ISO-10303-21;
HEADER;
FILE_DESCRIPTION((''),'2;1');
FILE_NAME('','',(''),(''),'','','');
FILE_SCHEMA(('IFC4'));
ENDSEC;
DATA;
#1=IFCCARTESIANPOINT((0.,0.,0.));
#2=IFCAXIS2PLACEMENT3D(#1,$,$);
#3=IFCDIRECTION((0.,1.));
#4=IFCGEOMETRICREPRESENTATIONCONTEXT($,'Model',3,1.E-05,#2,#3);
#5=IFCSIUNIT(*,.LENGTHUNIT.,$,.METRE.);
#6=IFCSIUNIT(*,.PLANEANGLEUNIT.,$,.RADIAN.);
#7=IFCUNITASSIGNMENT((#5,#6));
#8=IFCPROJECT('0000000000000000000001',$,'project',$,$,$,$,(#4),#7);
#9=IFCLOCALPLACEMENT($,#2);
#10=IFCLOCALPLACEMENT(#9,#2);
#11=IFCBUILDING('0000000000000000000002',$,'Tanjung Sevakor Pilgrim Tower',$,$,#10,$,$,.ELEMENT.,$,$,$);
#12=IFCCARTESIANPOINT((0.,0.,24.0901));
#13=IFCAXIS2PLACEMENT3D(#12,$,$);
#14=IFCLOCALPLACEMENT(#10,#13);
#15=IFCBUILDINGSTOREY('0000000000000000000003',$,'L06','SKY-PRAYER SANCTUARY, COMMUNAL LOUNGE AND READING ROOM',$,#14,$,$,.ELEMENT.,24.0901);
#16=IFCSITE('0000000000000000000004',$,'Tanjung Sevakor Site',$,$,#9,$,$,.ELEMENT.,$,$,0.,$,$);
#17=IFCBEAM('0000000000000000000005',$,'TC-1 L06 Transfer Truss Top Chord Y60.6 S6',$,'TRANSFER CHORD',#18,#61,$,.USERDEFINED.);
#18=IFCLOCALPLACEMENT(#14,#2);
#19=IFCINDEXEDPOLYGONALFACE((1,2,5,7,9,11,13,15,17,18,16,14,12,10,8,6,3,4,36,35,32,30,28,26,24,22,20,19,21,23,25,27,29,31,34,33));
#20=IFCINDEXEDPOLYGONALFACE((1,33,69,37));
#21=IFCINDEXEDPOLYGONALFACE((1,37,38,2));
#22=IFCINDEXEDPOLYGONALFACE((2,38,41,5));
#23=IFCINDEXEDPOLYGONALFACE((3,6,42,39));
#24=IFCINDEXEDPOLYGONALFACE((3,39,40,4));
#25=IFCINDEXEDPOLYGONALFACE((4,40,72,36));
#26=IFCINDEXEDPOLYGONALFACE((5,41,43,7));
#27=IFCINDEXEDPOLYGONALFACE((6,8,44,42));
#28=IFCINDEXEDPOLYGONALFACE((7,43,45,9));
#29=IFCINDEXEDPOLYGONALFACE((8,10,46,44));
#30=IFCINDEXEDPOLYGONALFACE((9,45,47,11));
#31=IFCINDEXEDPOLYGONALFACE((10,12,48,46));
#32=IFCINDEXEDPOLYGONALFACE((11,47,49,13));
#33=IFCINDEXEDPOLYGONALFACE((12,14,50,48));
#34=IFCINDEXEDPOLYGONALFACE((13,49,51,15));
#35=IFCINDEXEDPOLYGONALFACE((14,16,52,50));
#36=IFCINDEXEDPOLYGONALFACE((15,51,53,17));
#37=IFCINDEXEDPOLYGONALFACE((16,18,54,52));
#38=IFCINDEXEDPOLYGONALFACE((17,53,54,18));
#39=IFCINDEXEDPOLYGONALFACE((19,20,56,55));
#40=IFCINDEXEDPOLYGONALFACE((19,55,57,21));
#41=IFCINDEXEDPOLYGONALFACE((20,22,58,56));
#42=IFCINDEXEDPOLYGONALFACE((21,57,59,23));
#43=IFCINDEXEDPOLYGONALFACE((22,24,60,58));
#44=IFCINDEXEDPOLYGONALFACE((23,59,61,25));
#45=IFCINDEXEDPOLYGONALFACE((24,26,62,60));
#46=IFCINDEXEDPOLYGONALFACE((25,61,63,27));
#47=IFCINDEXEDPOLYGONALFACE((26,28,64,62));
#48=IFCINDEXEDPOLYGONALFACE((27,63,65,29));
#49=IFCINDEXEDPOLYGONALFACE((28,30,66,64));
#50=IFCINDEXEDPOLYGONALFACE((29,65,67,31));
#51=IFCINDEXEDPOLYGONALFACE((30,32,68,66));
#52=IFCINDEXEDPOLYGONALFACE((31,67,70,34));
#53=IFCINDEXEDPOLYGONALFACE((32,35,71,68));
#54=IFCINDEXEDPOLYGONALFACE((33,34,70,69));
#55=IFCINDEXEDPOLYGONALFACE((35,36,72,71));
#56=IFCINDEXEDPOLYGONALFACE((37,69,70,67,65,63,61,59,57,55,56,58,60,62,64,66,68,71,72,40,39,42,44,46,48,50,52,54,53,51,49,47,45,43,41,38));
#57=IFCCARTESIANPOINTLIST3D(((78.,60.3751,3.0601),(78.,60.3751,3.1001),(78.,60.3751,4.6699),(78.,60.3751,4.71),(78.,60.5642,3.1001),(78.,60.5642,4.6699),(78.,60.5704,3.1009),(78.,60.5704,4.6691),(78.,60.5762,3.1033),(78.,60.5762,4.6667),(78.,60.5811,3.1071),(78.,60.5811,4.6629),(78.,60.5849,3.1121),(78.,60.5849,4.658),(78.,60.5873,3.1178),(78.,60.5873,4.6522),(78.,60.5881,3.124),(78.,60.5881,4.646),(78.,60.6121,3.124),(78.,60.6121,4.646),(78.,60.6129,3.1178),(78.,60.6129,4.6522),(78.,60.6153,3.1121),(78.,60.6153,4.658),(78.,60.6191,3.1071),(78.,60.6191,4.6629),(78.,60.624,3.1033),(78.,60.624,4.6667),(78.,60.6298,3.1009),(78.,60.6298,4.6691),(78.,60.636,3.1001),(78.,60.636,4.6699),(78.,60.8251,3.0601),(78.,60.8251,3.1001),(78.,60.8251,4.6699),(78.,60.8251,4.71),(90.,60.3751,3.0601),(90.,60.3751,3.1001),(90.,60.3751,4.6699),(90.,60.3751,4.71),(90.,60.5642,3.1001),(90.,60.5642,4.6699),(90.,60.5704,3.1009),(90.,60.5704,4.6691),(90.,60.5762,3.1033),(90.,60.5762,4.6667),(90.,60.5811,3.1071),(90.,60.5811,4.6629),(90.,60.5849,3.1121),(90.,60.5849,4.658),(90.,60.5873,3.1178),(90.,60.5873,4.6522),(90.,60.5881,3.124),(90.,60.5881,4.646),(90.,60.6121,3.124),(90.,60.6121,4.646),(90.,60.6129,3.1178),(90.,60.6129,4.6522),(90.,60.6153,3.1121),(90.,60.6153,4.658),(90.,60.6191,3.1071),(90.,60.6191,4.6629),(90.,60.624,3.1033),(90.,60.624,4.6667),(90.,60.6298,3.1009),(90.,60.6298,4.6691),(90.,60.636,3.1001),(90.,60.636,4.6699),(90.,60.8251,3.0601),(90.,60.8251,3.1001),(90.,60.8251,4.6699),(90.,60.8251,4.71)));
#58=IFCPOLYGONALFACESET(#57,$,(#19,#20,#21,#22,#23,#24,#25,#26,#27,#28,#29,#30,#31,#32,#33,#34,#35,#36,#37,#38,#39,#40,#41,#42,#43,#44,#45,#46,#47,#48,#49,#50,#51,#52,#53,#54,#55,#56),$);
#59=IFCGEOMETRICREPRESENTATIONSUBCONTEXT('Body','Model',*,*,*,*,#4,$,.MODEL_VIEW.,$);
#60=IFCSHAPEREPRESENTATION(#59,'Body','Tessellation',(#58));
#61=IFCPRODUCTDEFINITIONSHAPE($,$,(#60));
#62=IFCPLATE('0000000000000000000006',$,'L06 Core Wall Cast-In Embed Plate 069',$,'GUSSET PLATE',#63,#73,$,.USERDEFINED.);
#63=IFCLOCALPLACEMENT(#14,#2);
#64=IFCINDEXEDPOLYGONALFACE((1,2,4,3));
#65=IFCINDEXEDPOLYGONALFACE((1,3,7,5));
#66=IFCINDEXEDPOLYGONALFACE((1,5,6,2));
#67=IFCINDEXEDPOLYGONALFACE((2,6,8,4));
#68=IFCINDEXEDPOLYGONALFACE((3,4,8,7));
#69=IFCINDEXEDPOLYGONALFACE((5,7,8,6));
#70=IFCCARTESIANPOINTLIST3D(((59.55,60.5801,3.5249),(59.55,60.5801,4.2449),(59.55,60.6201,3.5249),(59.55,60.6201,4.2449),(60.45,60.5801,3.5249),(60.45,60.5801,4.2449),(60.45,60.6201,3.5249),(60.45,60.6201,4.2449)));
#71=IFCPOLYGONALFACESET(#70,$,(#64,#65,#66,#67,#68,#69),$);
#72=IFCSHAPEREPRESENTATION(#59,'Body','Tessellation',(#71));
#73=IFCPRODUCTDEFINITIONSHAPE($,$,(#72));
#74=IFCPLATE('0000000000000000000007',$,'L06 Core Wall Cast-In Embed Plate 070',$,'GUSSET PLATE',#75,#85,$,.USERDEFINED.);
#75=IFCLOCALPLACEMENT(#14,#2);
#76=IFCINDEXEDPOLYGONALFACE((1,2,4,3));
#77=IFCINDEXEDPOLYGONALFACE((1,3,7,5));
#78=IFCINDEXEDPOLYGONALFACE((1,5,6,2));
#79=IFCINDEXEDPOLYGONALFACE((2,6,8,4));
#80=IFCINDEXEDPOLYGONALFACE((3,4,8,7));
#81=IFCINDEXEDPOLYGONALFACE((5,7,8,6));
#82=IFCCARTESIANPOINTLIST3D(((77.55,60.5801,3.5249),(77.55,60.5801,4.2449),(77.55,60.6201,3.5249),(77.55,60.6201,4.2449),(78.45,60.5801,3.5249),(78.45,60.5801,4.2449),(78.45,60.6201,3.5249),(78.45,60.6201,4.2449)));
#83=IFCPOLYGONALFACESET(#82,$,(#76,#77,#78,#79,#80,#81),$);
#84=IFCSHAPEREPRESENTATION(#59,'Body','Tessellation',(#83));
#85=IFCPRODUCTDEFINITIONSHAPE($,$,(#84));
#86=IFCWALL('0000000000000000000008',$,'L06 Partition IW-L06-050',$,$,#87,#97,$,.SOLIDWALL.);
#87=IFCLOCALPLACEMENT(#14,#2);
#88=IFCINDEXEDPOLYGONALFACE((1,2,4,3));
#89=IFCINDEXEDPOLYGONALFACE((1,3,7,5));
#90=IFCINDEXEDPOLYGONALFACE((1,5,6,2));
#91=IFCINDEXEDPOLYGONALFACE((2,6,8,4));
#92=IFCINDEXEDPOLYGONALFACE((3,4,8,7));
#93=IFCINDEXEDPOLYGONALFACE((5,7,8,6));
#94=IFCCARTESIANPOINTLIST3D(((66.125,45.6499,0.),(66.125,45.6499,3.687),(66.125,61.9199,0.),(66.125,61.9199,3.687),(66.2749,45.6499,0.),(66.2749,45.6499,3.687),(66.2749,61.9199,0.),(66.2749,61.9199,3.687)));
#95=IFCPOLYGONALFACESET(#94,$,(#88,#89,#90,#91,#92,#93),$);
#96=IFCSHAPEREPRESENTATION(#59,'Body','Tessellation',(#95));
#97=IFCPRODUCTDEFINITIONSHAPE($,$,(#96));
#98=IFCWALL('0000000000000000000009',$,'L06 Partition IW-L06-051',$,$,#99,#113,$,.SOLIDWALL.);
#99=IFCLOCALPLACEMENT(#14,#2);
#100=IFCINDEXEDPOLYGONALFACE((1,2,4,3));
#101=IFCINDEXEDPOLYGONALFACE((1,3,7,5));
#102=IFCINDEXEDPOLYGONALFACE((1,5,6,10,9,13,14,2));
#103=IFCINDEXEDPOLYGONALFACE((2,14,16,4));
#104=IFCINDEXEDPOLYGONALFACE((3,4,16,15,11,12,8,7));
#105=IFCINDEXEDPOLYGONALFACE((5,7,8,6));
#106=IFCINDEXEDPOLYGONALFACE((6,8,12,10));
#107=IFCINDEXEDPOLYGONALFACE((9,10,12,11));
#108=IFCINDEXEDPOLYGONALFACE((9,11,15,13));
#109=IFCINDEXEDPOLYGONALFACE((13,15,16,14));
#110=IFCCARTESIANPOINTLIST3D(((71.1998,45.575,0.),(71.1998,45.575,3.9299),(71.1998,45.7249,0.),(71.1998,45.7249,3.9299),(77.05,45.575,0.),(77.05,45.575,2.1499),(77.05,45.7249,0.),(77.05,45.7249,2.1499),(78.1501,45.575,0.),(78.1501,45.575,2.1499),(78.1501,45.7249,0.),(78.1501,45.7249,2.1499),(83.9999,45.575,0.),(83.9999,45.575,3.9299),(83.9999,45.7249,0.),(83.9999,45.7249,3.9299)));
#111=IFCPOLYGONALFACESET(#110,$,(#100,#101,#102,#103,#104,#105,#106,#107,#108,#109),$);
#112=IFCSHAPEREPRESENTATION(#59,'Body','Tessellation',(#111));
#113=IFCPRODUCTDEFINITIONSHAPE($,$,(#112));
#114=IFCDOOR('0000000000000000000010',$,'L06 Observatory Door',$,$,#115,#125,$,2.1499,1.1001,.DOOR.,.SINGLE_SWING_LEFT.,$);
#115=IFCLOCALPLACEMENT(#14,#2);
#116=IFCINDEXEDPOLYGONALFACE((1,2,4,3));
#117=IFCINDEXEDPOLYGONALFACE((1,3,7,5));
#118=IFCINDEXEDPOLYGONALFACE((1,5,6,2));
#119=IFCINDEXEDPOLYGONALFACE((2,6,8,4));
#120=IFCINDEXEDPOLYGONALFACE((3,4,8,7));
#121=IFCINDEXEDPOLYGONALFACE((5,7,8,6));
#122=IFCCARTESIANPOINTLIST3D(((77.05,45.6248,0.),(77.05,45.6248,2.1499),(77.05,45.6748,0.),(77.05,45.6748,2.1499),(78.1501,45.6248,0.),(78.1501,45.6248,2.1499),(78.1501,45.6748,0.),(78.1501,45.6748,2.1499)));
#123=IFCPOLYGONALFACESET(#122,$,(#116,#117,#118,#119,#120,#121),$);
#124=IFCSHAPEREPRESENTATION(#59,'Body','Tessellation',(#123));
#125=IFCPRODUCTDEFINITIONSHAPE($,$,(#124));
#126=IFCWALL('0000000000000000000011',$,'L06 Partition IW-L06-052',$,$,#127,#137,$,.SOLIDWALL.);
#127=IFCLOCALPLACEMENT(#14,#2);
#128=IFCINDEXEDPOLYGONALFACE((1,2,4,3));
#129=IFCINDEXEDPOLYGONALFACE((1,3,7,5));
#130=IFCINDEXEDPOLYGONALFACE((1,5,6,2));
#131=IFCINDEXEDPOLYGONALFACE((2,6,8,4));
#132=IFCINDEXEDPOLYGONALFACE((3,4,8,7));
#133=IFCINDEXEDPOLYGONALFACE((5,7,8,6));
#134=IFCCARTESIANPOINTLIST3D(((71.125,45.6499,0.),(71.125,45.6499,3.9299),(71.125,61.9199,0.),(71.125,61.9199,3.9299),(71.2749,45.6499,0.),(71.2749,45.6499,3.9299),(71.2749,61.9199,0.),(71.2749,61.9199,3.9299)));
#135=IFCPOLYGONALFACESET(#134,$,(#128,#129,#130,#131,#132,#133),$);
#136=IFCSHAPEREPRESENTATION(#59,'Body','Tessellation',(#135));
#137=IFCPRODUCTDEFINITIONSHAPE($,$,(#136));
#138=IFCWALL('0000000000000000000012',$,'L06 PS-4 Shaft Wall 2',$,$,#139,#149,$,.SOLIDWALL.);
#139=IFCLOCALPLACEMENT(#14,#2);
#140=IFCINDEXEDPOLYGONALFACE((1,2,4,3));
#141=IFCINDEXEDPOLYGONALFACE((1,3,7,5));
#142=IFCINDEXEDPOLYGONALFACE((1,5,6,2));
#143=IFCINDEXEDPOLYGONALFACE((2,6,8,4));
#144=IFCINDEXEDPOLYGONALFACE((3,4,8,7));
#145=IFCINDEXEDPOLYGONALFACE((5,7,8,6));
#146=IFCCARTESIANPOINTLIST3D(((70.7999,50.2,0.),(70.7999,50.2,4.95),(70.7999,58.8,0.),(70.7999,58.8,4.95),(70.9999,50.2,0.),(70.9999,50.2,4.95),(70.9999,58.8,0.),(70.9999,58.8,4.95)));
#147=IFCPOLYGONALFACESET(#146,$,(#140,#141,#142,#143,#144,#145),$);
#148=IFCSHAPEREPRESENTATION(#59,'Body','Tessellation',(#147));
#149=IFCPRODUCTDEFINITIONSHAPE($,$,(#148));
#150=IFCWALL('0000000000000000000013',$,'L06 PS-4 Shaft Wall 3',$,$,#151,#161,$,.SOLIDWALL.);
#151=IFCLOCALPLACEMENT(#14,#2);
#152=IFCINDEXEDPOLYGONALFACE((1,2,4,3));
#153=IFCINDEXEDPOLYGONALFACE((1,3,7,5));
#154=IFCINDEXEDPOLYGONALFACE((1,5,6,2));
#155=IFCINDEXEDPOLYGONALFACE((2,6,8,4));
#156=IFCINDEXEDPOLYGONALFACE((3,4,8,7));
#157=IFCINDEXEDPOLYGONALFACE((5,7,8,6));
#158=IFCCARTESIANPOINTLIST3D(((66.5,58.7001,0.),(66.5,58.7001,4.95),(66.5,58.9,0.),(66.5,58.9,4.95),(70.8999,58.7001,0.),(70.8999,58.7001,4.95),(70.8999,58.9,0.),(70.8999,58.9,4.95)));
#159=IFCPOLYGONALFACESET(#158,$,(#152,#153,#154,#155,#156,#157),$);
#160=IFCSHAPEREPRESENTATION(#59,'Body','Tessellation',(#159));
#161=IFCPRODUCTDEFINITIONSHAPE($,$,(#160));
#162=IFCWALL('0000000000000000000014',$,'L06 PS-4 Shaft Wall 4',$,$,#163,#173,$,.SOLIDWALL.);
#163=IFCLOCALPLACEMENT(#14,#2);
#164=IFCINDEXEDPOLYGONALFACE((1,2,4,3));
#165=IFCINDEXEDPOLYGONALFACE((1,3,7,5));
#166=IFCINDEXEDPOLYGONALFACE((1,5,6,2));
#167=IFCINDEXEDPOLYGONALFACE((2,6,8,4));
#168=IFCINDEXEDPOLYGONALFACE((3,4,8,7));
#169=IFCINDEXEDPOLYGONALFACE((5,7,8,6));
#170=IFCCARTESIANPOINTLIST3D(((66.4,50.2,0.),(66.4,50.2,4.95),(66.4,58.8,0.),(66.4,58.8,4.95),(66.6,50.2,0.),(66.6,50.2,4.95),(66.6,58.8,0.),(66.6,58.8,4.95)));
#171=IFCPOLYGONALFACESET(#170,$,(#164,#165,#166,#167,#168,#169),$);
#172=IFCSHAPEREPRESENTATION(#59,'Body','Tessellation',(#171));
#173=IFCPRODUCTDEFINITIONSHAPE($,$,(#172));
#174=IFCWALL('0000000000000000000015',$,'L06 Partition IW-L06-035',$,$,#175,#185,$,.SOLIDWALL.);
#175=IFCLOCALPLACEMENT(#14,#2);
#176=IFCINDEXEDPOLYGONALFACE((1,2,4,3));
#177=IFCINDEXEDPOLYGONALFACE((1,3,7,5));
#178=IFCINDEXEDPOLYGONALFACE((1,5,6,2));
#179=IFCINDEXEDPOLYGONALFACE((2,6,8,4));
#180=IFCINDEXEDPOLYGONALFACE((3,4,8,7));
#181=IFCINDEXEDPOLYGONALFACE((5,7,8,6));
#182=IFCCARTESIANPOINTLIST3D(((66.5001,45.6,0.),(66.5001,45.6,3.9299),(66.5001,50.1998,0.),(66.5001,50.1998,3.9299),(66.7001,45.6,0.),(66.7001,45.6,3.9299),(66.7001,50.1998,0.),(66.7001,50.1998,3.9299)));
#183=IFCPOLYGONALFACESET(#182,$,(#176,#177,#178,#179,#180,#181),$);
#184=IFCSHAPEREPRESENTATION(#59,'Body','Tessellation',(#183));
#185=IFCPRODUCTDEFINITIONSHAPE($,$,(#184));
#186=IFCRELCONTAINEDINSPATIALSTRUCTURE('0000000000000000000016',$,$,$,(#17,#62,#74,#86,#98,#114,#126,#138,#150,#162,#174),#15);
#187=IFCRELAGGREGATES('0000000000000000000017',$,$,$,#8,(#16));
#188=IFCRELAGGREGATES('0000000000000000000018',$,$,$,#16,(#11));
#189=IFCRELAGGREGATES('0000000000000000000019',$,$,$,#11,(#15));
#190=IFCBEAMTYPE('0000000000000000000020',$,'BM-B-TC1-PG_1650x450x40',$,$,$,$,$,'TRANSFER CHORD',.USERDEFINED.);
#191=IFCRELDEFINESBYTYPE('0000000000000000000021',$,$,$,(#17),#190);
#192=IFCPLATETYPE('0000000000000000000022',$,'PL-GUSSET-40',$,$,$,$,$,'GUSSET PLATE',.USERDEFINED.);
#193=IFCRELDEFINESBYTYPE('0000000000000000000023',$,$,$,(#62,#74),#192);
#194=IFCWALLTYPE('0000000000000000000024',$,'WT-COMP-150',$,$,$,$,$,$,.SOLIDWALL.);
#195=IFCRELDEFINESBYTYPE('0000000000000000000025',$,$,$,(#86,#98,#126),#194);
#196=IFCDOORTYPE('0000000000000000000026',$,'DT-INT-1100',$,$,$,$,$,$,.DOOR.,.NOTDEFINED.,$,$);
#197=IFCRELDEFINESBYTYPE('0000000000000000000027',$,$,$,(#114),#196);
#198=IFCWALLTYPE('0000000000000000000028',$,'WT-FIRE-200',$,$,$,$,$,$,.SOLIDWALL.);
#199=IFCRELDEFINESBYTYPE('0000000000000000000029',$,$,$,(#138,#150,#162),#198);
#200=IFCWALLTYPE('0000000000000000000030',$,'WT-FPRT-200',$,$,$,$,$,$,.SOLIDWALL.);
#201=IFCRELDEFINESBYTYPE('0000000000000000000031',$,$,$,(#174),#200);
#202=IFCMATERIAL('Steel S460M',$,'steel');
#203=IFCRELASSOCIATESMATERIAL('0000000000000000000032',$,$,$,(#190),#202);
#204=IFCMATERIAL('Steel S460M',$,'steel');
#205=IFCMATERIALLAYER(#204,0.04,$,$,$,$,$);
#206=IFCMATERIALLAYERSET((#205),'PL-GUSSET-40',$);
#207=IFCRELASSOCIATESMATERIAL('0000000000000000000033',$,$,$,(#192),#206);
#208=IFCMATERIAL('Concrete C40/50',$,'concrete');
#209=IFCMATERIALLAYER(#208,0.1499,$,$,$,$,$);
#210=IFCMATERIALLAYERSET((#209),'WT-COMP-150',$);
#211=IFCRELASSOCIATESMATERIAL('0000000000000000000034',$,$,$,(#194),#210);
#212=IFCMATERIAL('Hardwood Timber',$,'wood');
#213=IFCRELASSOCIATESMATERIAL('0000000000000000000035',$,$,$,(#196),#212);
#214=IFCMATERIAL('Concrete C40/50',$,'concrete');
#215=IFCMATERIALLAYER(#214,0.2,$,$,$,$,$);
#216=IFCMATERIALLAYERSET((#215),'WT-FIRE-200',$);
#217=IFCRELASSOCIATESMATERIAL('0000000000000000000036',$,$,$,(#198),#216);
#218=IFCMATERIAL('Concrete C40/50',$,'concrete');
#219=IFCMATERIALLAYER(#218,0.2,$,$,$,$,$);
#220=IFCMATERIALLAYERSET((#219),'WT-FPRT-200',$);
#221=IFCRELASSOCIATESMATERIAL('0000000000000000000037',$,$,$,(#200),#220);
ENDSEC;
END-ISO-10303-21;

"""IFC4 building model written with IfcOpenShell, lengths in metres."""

from ifc_helpers import new_model, si_unit, direction, frame, frame_2d, origin, origin_2d, place, context, subcontext, project, spatial, rectangle, i_section, extrude, material, layer, layer_set, material_profile, profile_set, type_object, element, fill, save


model = new_model("IFC4")

# Units and contexts
model_context = context("Model", 3, precision=1e-05, world=origin(), true_north=direction((0.0, 1.0)))
body_context = subcontext(model_context, "Body", "Model", "MODEL_VIEW")
ifc_project = project(units=[si_unit("LENGTHUNIT", "METRE"), si_unit("PLANEANGLEUNIT", "RADIAN")], contexts=[model_context])

# Site, building, storey
site_placement = place(None, origin())
site = spatial("IfcSite", under=ifc_project, at=site_placement, Name="Tanjung Sevakor Site", CompositionType="ELEMENT", RefElevation=0.0)
building_placement = place(site_placement, origin())
building = spatial("IfcBuilding", under=site, at=building_placement, Name="Tanjung Sevakor Pilgrim Tower", CompositionType="ELEMENT")
storey_placement = place(building_placement, frame((0.0, 0.0, 24.0901)))
storey = spatial("IfcBuildingStorey", under=building, at=storey_placement, Name="L06", Description="SKY-PRAYER SANCTUARY, COMMUNAL LOUNGE AND READING ROOM", CompositionType="ELEMENT", Elevation=24.0901)

# Beam
ifc_material_1 = material(Name="Steel S460M", Category="steel")
ifc_material_profile_1 = material_profile(ifc_material_1, i_section(OverallWidth=0.45, OverallDepth=1.6499, WebThickness=0.0239, FlangeThickness=0.04, FilletRadius=0.0239, at=origin_2d()))
ifc_profile_set_1 = profile_set([ifc_material_profile_1], Name="Steel S460M")
beam_type_1 = type_object("IfcBeamType", Name="BM-B-TC1-PG_1650x450x40", ElementType="TRANSFER CHORD", PredefinedType="USERDEFINED", material=ifc_profile_set_1)
beam_1_placement = place(storey_placement, frame((78.0, 60.6001, 3.885), z_axis=(1.0, 0.0, 0.0), x_axis=(0.0, 1.0, 0.0)))
element("IfcBeam", 1, at=beam_1_placement, inside=storey, type_object=beam_type_1, Name="TC-1 L06 Transfer Truss Top Chord Y60.6 S6", ObjectType="TRANSFER CHORD", PredefinedType="USERDEFINED", context=body_context, shape_type="SweptSolid", body=[
    extrude(i_section(OverallWidth=0.45, OverallDepth=1.6499, WebThickness=0.0239, FlangeThickness=0.04, FilletRadius=0.0239, at=origin_2d()), origin(), (0.0, 0.0, 1.0), 12.0),
])

# Plates
ifc_material_2 = material(Name="Steel S460M", Category="steel")
ifc_layer_1 = layer(ifc_material_2, 0.04)
ifc_layer_set_1 = layer_set([ifc_layer_1], Name="PL-GUSSET-40")
plate_type = type_object("IfcPlateType", Name="PL-GUSSET-40", ElementType="GUSSET PLATE", PredefinedType="USERDEFINED", material=ifc_layer_set_1)
for number, where, z_axis, x_axis, name in (
    (2, (60.0, 60.6001, 3.5249), (0.0, 0.0, 1.0), (1.0, 0.0, 0.0), "L06 Core Wall Cast-In Embed Plate 069"),
    (3, (78.0, 60.6001, 3.5249), (0.0, 0.0, 1.0), (1.0, 0.0, 0.0), "L06 Core Wall Cast-In Embed Plate 070"),
):
    element("IfcPlate", number, at=place(storey_placement, frame(where, z_axis=z_axis, x_axis=x_axis)), inside=storey, type_object=plate_type, Name=name, ObjectType="GUSSET PLATE", PredefinedType="USERDEFINED", context=body_context, shape_type="SweptSolid", body=[
        extrude(rectangle(XDim=0.8999, YDim=0.04, at=origin_2d()), origin(), (0.0, 0.0, 1.0), 0.72),
    ])

# Wall
ifc_material_3 = material(Name="Concrete C40/50", Category="concrete")
ifc_layer_2 = layer(ifc_material_3, 0.1499)
ifc_layer_set_2 = layer_set([ifc_layer_2], Name="WT-COMP-150")
wall_type_1 = type_object("IfcWallType", Name="WT-COMP-150", PredefinedType="SOLIDWALL", material=ifc_layer_set_2)
wall_1_placement = place(storey_placement, frame((66.2, 45.6499, 0.0), z_axis=(0.0, 0.0, 1.0), x_axis=(0.0, 1.0, 0.0)))
element("IfcWall", 4, at=wall_1_placement, inside=storey, type_object=wall_type_1, Name="L06 Partition IW-L06-050", PredefinedType="SOLIDWALL", context=body_context, shape_type="SweptSolid", body=[
    extrude(rectangle(XDim=16.27, YDim=0.1499, at=frame_2d((8.135, 0.0))), origin(), (0.0, 0.0, 1.0), 3.687),
])

# Wall, opening, door
wall_2_placement = place(storey_placement, frame((71.2, 45.6499, 0.0), z_axis=(0.0, 0.0, 1.0), x_axis=(1.0, 0.0, 0.0)))
wall_2 = element("IfcWall", 5, at=wall_2_placement, inside=storey, type_object=wall_type_1, Name="L06 Partition IW-L06-051", PredefinedType="SOLIDWALL", context=body_context, shape_type="SweptSolid", body=[
    extrude(rectangle(XDim=12.8, YDim=0.1499, at=frame_2d((6.3999, 0.0))), origin(), (0.0, 0.0, 1.0), 3.9299),
])
opening_1_placement = place(wall_2_placement, frame((5.8501, 0.0, 0.0)))
opening_1 = element("IfcOpeningElement", 6, at=opening_1_placement, cuts=wall_2, PredefinedType="OPENING", context=body_context, shape_type="SweptSolid", body=[
    extrude(rectangle(XDim=1.1001, YDim=2.1499, at=frame_2d((0.55, 1.075))), frame((0.0, 0.085, 0.0), z_axis=(0.0, -1.0, 0.0), x_axis=(1.0, 0.0, 0.0)), (0.0, 0.0, 1.0), 0.1699),
])
ifc_material_4 = material(Name="Hardwood Timber", Category="wood")
door_type_1 = type_object("IfcDoorType", Name="DT-INT-1100", OperationType="NOTDEFINED", PredefinedType="DOOR", material=ifc_material_4)
door_1_placement = place(opening_1_placement, origin())
door_1 = element("IfcDoor", 7, at=door_1_placement, inside=storey, type_object=door_type_1, Name="L06 Observatory Door", OperationType="SINGLE_SWING_LEFT", OverallHeight=2.1499, OverallWidth=1.1001, PredefinedType="DOOR", context=body_context, shape_type="SweptSolid", body=[
    extrude(rectangle(XDim=1.1001, YDim=2.1499, at=frame_2d((0.55, 1.075))), frame((0.0, 0.0249, 0.0), z_axis=(0.0, -1.0, 0.0), x_axis=(1.0, 0.0, 0.0)), (0.0, 0.0, 1.0), 0.05),
])
fill(opening_1, door_1)

# Wall
wall_3_placement = place(storey_placement, frame((71.2, 45.6499, 0.0), z_axis=(0.0, 0.0, 1.0), x_axis=(0.0, 1.0, 0.0)))
element("IfcWall", 8, at=wall_3_placement, inside=storey, type_object=wall_type_1, Name="L06 Partition IW-L06-052", PredefinedType="SOLIDWALL", context=body_context, shape_type="SweptSolid", body=[
    extrude(rectangle(XDim=16.27, YDim=0.1499, at=frame_2d((8.135, 0.0))), origin(), (0.0, 0.0, 1.0), 3.9299),
])

# Shared definitions
ifc_material_5 = material(Name="Concrete C40/50", Category="concrete")
ifc_layer_3 = layer(ifc_material_5, 0.2)
ifc_layer_set_3 = layer_set([ifc_layer_3], Name="WT-FIRE-200")
wall_type_2 = type_object("IfcWallType", Name="WT-FIRE-200", PredefinedType="SOLIDWALL", material=ifc_layer_set_3)

# Walls
wall_4_placement = place(storey_placement, frame((70.8999, 50.2, 0.0), z_axis=(0.0, 0.0, 1.0), x_axis=(0.0, 1.0, 0.0)))
element("IfcWall", 9, at=wall_4_placement, inside=storey, type_object=wall_type_2, Name="L06 PS-4 Shaft Wall 2", PredefinedType="SOLIDWALL", context=body_context, shape_type="SweptSolid", body=[
    extrude(rectangle(XDim=8.6001, YDim=0.2, at=frame_2d((4.3, 0.0))), origin(), (0.0, 0.0, 1.0), 4.95),
])
wall_5_placement = place(storey_placement, frame((70.8999, 58.8, 0.0), z_axis=(0.0, 0.0, 1.0), x_axis=(-1.0, 0.0, 0.0)))
element("IfcWall", 10, at=wall_5_placement, inside=storey, type_object=wall_type_2, Name="L06 PS-4 Shaft Wall 3", PredefinedType="SOLIDWALL", context=body_context, shape_type="SweptSolid", body=[
    extrude(rectangle(XDim=4.3999, YDim=0.2, at=frame_2d((2.2, 0.0))), origin(), (0.0, 0.0, 1.0), 4.95),
])
wall_6_placement = place(storey_placement, frame((66.5, 58.8, 0.0), z_axis=(0.0, 0.0, 1.0), x_axis=(0.0, -1.0, 0.0)))
element("IfcWall", 11, at=wall_6_placement, inside=storey, type_object=wall_type_2, Name="L06 PS-4 Shaft Wall 4", PredefinedType="SOLIDWALL", context=body_context, shape_type="SweptSolid", body=[
    extrude(rectangle(XDim=8.6001, YDim=0.2, at=frame_2d((4.3, 0.0))), origin(), (0.0, 0.0, 1.0), 4.95),
])
ifc_material_6 = material(Name="Concrete C40/50", Category="concrete")
ifc_layer_4 = layer(ifc_material_6, 0.2)
ifc_layer_set_4 = layer_set([ifc_layer_4], Name="WT-FPRT-200")
wall_type_3 = type_object("IfcWallType", Name="WT-FPRT-200", PredefinedType="SOLIDWALL", material=ifc_layer_set_4)
for number, where, z_axis, x_axis, name in (
    (12, (66.6001, 45.6001, 0.0), (0.0, 0.0, 1.0), (0.0, 1.0, 0.0), "L06 Partition IW-L06-035"),
):
    element("IfcWall", number, at=place(storey_placement, frame(where, z_axis=z_axis, x_axis=x_axis)), inside=storey, type_object=wall_type_3, Name=name, PredefinedType="SOLIDWALL", context=body_context, shape_type="SweptSolid", body=[
        extrude(rectangle(XDim=4.5999, YDim=0.2, at=frame_2d((2.2998, 0.0))), origin(), (0.0, 0.0, 1.0), 3.9299),
    ])

save(model, "model.ifc")
